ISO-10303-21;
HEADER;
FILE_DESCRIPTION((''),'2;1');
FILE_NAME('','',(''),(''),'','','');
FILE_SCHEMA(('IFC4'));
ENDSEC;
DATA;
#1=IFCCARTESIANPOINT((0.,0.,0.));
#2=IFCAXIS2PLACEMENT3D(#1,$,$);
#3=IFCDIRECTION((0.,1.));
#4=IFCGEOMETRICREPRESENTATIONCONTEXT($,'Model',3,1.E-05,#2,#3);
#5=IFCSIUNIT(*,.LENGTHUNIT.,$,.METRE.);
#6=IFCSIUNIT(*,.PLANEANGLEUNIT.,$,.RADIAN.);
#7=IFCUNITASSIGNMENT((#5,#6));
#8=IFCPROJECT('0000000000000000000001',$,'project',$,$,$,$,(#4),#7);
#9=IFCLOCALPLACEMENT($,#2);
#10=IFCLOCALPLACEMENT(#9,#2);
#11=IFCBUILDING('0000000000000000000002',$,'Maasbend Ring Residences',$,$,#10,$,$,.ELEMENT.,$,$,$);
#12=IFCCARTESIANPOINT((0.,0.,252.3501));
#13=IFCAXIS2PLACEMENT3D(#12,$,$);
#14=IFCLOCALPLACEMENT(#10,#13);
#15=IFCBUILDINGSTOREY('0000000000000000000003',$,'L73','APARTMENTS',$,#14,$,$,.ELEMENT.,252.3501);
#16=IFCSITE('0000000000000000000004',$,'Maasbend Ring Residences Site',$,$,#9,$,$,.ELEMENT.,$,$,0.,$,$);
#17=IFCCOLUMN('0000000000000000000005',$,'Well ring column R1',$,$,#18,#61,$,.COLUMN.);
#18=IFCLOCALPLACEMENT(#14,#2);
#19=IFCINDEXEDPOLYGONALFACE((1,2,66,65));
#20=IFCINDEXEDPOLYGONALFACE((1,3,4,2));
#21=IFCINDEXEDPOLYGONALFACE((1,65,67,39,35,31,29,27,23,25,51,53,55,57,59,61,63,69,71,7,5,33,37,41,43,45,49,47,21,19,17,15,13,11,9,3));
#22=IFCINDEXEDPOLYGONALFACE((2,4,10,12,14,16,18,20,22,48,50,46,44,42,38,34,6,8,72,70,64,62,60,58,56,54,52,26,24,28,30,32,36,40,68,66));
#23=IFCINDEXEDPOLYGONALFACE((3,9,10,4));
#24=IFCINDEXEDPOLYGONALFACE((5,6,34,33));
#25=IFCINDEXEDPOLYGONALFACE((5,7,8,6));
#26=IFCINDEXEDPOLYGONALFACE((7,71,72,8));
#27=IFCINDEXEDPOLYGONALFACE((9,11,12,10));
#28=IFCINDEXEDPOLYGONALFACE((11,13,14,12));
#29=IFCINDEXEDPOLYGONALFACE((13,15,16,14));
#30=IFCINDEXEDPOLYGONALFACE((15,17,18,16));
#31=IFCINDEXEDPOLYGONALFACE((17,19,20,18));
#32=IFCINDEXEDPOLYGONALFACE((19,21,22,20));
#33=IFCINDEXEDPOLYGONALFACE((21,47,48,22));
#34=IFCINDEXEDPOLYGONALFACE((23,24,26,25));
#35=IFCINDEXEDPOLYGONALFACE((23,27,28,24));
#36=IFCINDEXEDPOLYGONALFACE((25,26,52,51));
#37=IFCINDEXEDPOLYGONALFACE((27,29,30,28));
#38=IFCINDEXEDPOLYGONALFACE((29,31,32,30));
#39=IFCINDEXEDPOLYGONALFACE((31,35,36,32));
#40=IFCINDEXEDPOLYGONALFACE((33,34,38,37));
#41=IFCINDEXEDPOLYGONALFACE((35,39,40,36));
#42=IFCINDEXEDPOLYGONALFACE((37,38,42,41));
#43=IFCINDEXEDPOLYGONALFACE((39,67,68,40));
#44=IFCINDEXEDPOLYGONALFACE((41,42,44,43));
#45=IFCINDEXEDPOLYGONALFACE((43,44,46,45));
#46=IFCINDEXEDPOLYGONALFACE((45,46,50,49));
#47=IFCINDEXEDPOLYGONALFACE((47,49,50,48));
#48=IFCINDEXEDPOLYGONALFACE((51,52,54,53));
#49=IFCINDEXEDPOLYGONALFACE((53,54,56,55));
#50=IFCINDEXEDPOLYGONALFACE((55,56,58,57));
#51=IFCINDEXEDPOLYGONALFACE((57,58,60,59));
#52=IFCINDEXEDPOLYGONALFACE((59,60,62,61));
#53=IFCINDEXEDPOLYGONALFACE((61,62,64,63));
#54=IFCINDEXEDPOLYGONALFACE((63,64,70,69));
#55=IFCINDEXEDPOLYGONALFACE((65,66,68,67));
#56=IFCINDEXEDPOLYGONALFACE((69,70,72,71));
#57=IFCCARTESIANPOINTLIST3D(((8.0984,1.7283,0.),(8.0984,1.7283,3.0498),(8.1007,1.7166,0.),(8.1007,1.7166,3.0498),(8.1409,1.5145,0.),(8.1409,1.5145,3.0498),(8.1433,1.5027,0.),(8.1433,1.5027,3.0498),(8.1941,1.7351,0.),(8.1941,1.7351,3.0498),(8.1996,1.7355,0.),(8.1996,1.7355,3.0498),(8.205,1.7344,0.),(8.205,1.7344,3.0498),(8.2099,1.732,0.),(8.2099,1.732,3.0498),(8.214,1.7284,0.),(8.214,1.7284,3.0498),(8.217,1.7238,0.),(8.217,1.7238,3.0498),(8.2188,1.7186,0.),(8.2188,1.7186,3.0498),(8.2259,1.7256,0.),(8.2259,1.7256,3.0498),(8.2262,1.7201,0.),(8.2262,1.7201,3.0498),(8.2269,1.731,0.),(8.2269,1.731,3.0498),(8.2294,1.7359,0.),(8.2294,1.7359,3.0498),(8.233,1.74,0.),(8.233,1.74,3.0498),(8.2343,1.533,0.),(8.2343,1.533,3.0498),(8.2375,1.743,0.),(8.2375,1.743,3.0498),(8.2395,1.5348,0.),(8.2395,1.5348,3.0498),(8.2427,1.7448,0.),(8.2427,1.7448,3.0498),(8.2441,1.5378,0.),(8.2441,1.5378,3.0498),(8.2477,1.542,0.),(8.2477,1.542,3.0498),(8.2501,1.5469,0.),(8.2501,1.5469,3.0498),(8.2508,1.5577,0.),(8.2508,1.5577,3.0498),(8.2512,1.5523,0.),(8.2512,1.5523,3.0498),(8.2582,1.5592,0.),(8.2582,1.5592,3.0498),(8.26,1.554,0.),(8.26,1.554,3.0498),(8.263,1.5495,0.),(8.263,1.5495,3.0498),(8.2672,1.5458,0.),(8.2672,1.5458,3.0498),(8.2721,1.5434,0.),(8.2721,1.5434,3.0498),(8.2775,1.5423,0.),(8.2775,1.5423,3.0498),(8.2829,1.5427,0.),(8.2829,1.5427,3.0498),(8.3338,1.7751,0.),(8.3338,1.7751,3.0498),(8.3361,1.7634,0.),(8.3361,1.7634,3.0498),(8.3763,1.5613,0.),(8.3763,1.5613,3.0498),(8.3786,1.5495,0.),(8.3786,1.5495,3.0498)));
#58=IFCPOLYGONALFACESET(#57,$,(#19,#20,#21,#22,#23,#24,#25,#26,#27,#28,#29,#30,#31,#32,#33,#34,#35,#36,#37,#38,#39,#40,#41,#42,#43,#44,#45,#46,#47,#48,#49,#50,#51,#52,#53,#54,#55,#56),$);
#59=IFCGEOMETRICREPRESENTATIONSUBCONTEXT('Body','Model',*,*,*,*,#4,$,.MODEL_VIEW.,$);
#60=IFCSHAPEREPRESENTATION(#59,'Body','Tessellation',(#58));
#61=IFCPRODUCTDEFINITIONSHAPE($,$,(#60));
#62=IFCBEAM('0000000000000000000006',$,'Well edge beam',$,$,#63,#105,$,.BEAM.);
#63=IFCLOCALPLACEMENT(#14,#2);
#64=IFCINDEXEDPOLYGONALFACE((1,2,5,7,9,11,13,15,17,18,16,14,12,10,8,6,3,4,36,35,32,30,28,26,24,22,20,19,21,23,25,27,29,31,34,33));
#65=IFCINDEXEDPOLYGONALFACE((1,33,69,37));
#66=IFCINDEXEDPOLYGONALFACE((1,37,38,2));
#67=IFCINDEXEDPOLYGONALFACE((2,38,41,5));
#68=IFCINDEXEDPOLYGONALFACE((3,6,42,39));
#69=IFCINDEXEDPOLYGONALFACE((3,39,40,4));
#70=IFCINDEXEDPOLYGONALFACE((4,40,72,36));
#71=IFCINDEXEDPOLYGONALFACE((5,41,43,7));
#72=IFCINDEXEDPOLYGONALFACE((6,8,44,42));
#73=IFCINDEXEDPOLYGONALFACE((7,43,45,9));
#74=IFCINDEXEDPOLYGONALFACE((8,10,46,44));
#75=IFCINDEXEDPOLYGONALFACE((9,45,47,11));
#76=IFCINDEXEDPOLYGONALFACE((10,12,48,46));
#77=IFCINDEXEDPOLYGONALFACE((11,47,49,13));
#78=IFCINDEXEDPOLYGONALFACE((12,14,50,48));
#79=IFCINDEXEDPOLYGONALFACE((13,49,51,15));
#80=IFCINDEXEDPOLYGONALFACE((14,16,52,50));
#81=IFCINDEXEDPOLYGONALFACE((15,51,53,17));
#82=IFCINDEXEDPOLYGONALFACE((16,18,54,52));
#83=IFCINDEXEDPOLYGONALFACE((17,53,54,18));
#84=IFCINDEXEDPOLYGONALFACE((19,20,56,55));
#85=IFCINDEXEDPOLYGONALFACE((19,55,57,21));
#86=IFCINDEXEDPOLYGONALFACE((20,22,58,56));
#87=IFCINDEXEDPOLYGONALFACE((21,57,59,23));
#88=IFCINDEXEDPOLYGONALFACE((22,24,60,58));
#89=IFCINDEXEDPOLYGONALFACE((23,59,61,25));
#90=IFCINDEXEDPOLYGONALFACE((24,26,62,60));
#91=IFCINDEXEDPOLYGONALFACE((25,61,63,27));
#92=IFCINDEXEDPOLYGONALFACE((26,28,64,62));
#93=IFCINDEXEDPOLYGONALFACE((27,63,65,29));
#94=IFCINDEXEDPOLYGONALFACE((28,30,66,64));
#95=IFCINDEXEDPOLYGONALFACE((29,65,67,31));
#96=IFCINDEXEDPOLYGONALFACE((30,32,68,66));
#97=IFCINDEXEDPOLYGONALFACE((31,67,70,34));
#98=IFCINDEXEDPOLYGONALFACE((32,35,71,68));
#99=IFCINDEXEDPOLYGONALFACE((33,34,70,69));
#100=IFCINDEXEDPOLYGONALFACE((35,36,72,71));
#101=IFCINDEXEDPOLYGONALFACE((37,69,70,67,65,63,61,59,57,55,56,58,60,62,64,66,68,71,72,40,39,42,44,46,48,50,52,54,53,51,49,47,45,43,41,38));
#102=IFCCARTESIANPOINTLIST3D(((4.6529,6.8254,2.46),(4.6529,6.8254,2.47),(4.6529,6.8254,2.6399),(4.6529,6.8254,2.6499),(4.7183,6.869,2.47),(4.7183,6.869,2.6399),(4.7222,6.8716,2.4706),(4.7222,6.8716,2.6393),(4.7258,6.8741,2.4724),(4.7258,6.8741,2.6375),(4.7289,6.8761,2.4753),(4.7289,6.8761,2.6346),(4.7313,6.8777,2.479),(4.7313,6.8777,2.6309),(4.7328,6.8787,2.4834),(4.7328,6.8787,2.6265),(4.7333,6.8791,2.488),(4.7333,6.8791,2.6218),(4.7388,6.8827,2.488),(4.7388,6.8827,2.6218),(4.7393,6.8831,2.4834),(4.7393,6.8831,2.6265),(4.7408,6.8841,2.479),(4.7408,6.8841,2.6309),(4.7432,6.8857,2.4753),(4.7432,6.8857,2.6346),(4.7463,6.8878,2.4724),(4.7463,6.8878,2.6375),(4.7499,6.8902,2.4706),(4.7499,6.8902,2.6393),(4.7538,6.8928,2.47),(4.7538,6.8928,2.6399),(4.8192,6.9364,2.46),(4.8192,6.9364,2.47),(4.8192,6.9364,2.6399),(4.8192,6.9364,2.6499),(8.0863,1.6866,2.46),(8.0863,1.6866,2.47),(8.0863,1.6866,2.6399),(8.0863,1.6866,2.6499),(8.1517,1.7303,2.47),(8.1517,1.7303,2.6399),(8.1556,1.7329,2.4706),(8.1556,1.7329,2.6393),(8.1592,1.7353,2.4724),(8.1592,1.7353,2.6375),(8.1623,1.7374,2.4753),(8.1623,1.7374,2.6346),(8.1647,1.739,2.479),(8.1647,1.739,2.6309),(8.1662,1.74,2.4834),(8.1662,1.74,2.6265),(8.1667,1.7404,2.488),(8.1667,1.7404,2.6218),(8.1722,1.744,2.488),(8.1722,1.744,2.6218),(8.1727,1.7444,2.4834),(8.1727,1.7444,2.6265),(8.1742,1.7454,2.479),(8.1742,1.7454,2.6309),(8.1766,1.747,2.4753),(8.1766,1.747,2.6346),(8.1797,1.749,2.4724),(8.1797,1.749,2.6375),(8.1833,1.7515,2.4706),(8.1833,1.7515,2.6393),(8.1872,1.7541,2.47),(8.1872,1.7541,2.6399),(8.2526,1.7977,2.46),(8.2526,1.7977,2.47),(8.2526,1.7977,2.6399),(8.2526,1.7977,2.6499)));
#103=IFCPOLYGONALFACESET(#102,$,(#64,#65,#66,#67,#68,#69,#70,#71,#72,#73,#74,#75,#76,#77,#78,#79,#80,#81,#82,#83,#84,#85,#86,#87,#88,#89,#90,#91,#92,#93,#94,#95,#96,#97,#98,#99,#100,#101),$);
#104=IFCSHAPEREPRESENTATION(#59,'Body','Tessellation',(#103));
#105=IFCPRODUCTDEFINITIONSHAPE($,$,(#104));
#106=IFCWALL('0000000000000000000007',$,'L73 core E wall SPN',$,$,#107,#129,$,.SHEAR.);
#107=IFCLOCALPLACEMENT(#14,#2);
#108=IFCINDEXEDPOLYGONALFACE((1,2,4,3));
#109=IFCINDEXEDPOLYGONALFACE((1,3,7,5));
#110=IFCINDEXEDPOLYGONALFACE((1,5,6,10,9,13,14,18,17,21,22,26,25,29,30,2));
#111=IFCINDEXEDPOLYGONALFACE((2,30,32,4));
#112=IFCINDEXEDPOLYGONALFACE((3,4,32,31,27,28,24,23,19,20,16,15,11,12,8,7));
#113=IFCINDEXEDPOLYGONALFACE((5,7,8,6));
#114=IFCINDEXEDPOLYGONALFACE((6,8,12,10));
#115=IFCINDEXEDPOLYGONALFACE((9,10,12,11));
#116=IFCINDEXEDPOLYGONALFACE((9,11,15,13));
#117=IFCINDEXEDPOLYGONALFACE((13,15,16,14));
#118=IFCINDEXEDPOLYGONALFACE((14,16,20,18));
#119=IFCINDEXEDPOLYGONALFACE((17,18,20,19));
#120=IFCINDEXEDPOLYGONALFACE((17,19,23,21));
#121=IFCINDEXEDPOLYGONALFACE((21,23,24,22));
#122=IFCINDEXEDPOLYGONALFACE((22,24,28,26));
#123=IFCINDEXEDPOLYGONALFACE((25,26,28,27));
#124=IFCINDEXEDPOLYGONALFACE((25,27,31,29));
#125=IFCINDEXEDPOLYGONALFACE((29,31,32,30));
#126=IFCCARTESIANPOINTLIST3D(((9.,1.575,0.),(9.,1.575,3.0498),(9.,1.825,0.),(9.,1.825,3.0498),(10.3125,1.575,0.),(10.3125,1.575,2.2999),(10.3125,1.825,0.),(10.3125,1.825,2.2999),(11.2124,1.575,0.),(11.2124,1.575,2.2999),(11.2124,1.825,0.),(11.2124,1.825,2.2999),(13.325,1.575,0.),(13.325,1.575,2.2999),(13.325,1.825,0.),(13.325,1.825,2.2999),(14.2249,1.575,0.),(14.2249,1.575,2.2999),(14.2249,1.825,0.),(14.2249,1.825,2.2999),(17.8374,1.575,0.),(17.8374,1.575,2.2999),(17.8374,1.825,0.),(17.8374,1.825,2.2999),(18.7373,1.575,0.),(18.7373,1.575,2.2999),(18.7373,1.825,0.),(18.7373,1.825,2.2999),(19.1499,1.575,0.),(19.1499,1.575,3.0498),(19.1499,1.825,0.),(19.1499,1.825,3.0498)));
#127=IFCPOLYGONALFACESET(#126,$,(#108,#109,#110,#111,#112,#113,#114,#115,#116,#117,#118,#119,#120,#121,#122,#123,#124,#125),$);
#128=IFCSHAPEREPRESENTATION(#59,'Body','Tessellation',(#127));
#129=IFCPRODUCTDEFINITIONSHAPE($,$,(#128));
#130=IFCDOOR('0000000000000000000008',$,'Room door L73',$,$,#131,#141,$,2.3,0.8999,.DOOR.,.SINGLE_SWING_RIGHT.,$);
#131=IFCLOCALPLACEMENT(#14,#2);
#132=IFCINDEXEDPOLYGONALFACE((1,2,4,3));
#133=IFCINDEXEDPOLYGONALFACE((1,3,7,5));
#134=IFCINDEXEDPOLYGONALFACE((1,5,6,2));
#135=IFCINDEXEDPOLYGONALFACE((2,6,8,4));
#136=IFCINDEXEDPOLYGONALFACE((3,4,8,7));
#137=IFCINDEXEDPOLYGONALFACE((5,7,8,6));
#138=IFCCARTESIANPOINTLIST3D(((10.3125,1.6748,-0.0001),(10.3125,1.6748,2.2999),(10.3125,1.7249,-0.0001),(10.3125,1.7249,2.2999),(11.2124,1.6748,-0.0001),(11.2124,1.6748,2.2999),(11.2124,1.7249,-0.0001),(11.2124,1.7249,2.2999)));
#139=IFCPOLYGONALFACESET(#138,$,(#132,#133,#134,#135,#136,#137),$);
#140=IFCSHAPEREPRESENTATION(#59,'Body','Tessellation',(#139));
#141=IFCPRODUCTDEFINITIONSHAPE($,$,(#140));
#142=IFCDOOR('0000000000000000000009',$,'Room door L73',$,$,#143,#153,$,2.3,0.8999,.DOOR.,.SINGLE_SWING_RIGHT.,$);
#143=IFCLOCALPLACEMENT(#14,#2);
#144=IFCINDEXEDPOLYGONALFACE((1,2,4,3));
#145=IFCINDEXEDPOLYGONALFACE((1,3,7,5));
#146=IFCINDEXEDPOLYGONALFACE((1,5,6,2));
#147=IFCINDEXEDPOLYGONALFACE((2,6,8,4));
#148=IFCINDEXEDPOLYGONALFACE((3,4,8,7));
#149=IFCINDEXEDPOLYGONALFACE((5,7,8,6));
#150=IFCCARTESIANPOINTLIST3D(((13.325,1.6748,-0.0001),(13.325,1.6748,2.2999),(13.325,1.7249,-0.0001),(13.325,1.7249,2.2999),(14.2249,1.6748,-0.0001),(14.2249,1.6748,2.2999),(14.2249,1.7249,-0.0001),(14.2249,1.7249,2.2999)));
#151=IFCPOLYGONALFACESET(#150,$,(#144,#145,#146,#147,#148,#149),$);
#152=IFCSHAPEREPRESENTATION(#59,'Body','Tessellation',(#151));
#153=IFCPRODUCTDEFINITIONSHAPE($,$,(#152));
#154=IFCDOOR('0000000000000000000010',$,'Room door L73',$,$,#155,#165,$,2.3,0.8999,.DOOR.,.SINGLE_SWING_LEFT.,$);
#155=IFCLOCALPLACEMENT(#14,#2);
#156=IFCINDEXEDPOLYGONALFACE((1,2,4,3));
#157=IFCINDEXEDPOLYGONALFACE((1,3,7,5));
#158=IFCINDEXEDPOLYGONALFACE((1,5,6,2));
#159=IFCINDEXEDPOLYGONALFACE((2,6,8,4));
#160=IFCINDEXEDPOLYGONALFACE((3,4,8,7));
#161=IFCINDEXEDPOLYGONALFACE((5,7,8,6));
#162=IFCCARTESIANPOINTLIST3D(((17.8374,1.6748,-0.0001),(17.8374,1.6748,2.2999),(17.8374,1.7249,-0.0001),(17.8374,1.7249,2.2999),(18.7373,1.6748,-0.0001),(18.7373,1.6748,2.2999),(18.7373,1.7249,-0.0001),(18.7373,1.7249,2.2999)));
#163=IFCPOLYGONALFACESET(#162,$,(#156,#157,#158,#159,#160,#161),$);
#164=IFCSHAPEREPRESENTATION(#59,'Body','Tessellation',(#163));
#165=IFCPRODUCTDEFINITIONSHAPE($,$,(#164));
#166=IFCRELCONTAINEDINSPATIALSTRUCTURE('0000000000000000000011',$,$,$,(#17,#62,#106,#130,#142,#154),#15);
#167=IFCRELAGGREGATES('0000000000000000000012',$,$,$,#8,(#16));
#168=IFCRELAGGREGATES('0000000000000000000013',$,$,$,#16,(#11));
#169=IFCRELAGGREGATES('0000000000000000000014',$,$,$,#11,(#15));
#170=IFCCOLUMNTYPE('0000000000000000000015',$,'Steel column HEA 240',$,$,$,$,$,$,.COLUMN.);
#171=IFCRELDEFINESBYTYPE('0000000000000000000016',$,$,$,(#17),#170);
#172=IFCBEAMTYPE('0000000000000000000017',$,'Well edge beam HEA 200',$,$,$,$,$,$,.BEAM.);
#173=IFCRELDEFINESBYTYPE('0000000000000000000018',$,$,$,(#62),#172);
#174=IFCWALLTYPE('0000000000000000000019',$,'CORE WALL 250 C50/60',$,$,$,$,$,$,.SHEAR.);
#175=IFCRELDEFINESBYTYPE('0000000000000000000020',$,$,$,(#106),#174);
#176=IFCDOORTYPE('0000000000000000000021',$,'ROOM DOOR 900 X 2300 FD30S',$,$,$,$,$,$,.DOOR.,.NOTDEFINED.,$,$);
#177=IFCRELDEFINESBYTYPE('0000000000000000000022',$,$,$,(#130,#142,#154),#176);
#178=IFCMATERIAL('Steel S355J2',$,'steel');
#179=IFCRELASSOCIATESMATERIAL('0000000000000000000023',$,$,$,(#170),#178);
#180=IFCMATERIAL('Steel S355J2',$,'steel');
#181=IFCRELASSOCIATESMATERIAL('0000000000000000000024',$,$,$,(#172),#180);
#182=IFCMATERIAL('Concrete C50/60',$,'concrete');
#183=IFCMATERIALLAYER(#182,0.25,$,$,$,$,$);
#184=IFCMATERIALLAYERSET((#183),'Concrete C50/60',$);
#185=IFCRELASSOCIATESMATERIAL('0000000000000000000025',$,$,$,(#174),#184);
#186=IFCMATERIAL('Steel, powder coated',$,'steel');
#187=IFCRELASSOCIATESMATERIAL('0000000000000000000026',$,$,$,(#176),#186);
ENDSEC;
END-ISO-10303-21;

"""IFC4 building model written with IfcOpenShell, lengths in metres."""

from ifc_helpers import new_model, si_unit, direction, frame, frame_2d, origin, origin_2d, place, context, subcontext, project, spatial, rectangle, i_section, extrude, material, layer, layer_set, material_profile, profile_set, type_object, element, fill, save


model = new_model("IFC4")

# Units and contexts
model_context = context("Model", 3, precision=1e-05, world=origin(), true_north=direction((0.0, 1.0)))
body_context = subcontext(model_context, "Body", "Model", "MODEL_VIEW")
ifc_project = project(units=[si_unit("LENGTHUNIT", "METRE"), si_unit("PLANEANGLEUNIT", "RADIAN")], contexts=[model_context])

# Site, building, storey
site_placement = place(None, origin())
site = spatial("IfcSite", under=ifc_project, at=site_placement, Name="Maasbend Ring Residences Site", CompositionType="ELEMENT", RefElevation=0.0)
building_placement = place(site_placement, origin())
building = spatial("IfcBuilding", under=site, at=building_placement, Name="Maasbend Ring Residences", CompositionType="ELEMENT")
storey_placement = place(building_placement, frame((0.0, 0.0, 252.3501)))
storey = spatial("IfcBuildingStorey", under=building, at=storey_placement, Name="L73", Description="APARTMENTS", CompositionType="ELEMENT", Elevation=252.3501)

# Column
ifc_material_1 = material(Name="Steel S355J2", Category="steel")
ifc_material_profile_1 = material_profile(ifc_material_1, i_section(OverallWidth=0.24, OverallDepth=0.23, WebThickness=0.0076, FlangeThickness=0.012, FilletRadius=0.021, at=origin_2d()), Name="HEA 240")
ifc_profile_set_1 = profile_set([ifc_material_profile_1], Name="Steel S355J2")
column_type = type_object("IfcColumnType", Name="Steel column HEA 240", PredefinedType="COLUMN", material=ifc_profile_set_1)
column_placement = place(storey_placement, frame((8.2385, 1.6389, 0.0), z_axis=(0.0, 0.0, 1.0), x_axis=(0.980785, 0.19509, 0.0)))
element("IfcColumn", 1, at=column_placement, inside=storey, type_object=column_type, Name="Well ring column R1", PredefinedType="COLUMN", context=body_context, shape_type="SweptSolid", body=[
    extrude(i_section(OverallWidth=0.24, OverallDepth=0.23, WebThickness=0.0076, FlangeThickness=0.012, FilletRadius=0.021, at=origin_2d()), origin(), (0.0, 0.0, 1.0), 3.0498),
])

# Beam
ifc_material_2 = material(Name="Steel S355J2", Category="steel")
ifc_material_profile_2 = material_profile(ifc_material_2, i_section(OverallWidth=0.2, OverallDepth=0.1899, WebThickness=0.0066, FlangeThickness=0.01, FilletRadius=0.0181, at=origin_2d()), Name="HEA 200")
ifc_profile_set_2 = profile_set([ifc_material_profile_2], Name="Steel S355J2")
beam_type = type_object("IfcBeamType", Name="Well edge beam HEA 200", PredefinedType="BEAM", material=ifc_profile_set_2)
beam_placement = place(storey_placement, frame((8.1694, 1.7422, 2.5549), z_axis=(-0.555548, 0.831485, 0.0), x_axis=(-0.831485, -0.555548, 0.0)))
element("IfcBeam", 2, at=beam_placement, inside=storey, type_object=beam_type, Name="Well edge beam", PredefinedType="BEAM", context=body_context, shape_type="SweptSolid", body=[
    extrude(i_section(OverallWidth=0.2, OverallDepth=0.1899, WebThickness=0.0066, FlangeThickness=0.01, FilletRadius=0.0181, at=origin_2d()), origin(), (0.0, 0.0, 1.0), 6.1802),
])

# Wall, openings, doors
ifc_material_3 = material(Name="Concrete C50/60", Category="concrete")
ifc_layer_1 = layer(ifc_material_3, 0.25)
ifc_layer_set_1 = layer_set([ifc_layer_1], Name="Concrete C50/60")
wall_type_1 = type_object("IfcWallType", Name="CORE WALL 250 C50/60", PredefinedType="SHEAR", material=ifc_layer_set_1)
wall_1_placement = place(storey_placement, frame((9.0, 1.7, 0.0), z_axis=(0.0, 0.0, 1.0), x_axis=(1.0, 0.0, 0.0)))
wall_1 = element("IfcWall", 3, at=wall_1_placement, inside=storey, type_object=wall_type_1, Name="L73 core E wall SPN", PredefinedType="SHEAR", context=body_context, shape_type="SweptSolid", body=[
    extrude(rectangle(XDim=10.1499, YDim=0.25, at=frame_2d((5.075, 0.0))), origin(), (0.0, 0.0, 1.0), 3.0498),
])
opening_1_placement = place(wall_1_placement, frame((1.3125, 0.0, 0.0)))
opening_1 = element("IfcOpeningElement", 4, at=opening_1_placement, cuts=wall_1, PredefinedType="OPENING", context=body_context, shape_type="SweptSolid", body=[
    extrude(rectangle(XDim=0.8999, YDim=2.3, at=frame_2d((0.45, 1.1499))), frame((0.0, 0.135, 0.0), z_axis=(0.0, -1.0, 0.0), x_axis=(1.0, 0.0, 0.0)), (0.0, 0.0, 1.0), 0.27),
])
opening_2_placement = place(wall_1_placement, frame((4.325, 0.0, 0.0)))
opening_2 = element("IfcOpeningElement", 5, at=opening_2_placement, cuts=wall_1, PredefinedType="OPENING", context=body_context, shape_type="SweptSolid", body=[
    extrude(rectangle(XDim=0.8999, YDim=2.3, at=frame_2d((0.45, 1.1499))), frame((0.0, 0.135, 0.0), z_axis=(0.0, -1.0, 0.0), x_axis=(1.0, 0.0, 0.0)), (0.0, 0.0, 1.0), 0.27),
])
opening_3_placement = place(wall_1_placement, frame((8.8374, 0.0, 0.0)))
opening_3 = element("IfcOpeningElement", 6, at=opening_3_placement, cuts=wall_1, PredefinedType="OPENING", context=body_context, shape_type="SweptSolid", body=[
    extrude(rectangle(XDim=0.8999, YDim=2.3, at=frame_2d((0.45, 1.1499))), frame((0.0, 0.135, 0.0), z_axis=(0.0, -1.0, 0.0), x_axis=(1.0, 0.0, 0.0)), (0.0, 0.0, 1.0), 0.27),
])
ifc_material_4 = material(Name="Steel, powder coated", Category="steel")
door_type_1 = type_object("IfcDoorType", Name="ROOM DOOR 900 X 2300 FD30S", OperationType="NOTDEFINED", PredefinedType="DOOR", material=ifc_material_4)
door_1_placement = place(opening_1_placement, origin())
door_1 = element("IfcDoor", 7, at=door_1_placement, inside=storey, type_object=door_type_1, Name="Room door L73", OperationType="SINGLE_SWING_RIGHT", OverallHeight=2.3, OverallWidth=0.8999, PredefinedType="DOOR", context=body_context, shape_type="SweptSolid", body=[
    extrude(rectangle(XDim=0.8999, YDim=2.3, at=frame_2d((0.45, 1.1499))), frame((0.0, 0.0249, 0.0), z_axis=(0.0, -1.0, 0.0), x_axis=(1.0, 0.0, 0.0)), (0.0, 0.0, 1.0), 0.05),
])
fill(opening_1, door_1)
door_2_placement = place(opening_2_placement, origin())
door_2 = element("IfcDoor", 8, at=door_2_placement, inside=storey, type_object=door_type_1, Name="Room door L73", OperationType="SINGLE_SWING_RIGHT", OverallHeight=2.3, OverallWidth=0.8999, PredefinedType="DOOR", context=body_context, shape_type="SweptSolid", body=[
    extrude(rectangle(XDim=0.8999, YDim=2.3, at=frame_2d((0.45, 1.1499))), frame((0.0, 0.0249, 0.0), z_axis=(0.0, -1.0, 0.0), x_axis=(1.0, 0.0, 0.0)), (0.0, 0.0, 1.0), 0.05),
])
fill(opening_2, door_2)
door_3_placement = place(opening_3_placement, origin())
door_3 = element("IfcDoor", 9, at=door_3_placement, inside=storey, type_object=door_type_1, Name="Room door L73", OperationType="SINGLE_SWING_LEFT", OverallHeight=2.3, OverallWidth=0.8999, PredefinedType="DOOR", context=body_context, shape_type="SweptSolid", body=[
    extrude(rectangle(XDim=0.8999, YDim=2.3, at=frame_2d((0.45, 1.1499))), frame((0.0, 0.0249, 0.0), z_axis=(0.0, -1.0, 0.0), x_axis=(1.0, 0.0, 0.0)), (0.0, 0.0, 1.0), 0.05),
])
fill(opening_3, door_3)

save(model, "model.ifc")
